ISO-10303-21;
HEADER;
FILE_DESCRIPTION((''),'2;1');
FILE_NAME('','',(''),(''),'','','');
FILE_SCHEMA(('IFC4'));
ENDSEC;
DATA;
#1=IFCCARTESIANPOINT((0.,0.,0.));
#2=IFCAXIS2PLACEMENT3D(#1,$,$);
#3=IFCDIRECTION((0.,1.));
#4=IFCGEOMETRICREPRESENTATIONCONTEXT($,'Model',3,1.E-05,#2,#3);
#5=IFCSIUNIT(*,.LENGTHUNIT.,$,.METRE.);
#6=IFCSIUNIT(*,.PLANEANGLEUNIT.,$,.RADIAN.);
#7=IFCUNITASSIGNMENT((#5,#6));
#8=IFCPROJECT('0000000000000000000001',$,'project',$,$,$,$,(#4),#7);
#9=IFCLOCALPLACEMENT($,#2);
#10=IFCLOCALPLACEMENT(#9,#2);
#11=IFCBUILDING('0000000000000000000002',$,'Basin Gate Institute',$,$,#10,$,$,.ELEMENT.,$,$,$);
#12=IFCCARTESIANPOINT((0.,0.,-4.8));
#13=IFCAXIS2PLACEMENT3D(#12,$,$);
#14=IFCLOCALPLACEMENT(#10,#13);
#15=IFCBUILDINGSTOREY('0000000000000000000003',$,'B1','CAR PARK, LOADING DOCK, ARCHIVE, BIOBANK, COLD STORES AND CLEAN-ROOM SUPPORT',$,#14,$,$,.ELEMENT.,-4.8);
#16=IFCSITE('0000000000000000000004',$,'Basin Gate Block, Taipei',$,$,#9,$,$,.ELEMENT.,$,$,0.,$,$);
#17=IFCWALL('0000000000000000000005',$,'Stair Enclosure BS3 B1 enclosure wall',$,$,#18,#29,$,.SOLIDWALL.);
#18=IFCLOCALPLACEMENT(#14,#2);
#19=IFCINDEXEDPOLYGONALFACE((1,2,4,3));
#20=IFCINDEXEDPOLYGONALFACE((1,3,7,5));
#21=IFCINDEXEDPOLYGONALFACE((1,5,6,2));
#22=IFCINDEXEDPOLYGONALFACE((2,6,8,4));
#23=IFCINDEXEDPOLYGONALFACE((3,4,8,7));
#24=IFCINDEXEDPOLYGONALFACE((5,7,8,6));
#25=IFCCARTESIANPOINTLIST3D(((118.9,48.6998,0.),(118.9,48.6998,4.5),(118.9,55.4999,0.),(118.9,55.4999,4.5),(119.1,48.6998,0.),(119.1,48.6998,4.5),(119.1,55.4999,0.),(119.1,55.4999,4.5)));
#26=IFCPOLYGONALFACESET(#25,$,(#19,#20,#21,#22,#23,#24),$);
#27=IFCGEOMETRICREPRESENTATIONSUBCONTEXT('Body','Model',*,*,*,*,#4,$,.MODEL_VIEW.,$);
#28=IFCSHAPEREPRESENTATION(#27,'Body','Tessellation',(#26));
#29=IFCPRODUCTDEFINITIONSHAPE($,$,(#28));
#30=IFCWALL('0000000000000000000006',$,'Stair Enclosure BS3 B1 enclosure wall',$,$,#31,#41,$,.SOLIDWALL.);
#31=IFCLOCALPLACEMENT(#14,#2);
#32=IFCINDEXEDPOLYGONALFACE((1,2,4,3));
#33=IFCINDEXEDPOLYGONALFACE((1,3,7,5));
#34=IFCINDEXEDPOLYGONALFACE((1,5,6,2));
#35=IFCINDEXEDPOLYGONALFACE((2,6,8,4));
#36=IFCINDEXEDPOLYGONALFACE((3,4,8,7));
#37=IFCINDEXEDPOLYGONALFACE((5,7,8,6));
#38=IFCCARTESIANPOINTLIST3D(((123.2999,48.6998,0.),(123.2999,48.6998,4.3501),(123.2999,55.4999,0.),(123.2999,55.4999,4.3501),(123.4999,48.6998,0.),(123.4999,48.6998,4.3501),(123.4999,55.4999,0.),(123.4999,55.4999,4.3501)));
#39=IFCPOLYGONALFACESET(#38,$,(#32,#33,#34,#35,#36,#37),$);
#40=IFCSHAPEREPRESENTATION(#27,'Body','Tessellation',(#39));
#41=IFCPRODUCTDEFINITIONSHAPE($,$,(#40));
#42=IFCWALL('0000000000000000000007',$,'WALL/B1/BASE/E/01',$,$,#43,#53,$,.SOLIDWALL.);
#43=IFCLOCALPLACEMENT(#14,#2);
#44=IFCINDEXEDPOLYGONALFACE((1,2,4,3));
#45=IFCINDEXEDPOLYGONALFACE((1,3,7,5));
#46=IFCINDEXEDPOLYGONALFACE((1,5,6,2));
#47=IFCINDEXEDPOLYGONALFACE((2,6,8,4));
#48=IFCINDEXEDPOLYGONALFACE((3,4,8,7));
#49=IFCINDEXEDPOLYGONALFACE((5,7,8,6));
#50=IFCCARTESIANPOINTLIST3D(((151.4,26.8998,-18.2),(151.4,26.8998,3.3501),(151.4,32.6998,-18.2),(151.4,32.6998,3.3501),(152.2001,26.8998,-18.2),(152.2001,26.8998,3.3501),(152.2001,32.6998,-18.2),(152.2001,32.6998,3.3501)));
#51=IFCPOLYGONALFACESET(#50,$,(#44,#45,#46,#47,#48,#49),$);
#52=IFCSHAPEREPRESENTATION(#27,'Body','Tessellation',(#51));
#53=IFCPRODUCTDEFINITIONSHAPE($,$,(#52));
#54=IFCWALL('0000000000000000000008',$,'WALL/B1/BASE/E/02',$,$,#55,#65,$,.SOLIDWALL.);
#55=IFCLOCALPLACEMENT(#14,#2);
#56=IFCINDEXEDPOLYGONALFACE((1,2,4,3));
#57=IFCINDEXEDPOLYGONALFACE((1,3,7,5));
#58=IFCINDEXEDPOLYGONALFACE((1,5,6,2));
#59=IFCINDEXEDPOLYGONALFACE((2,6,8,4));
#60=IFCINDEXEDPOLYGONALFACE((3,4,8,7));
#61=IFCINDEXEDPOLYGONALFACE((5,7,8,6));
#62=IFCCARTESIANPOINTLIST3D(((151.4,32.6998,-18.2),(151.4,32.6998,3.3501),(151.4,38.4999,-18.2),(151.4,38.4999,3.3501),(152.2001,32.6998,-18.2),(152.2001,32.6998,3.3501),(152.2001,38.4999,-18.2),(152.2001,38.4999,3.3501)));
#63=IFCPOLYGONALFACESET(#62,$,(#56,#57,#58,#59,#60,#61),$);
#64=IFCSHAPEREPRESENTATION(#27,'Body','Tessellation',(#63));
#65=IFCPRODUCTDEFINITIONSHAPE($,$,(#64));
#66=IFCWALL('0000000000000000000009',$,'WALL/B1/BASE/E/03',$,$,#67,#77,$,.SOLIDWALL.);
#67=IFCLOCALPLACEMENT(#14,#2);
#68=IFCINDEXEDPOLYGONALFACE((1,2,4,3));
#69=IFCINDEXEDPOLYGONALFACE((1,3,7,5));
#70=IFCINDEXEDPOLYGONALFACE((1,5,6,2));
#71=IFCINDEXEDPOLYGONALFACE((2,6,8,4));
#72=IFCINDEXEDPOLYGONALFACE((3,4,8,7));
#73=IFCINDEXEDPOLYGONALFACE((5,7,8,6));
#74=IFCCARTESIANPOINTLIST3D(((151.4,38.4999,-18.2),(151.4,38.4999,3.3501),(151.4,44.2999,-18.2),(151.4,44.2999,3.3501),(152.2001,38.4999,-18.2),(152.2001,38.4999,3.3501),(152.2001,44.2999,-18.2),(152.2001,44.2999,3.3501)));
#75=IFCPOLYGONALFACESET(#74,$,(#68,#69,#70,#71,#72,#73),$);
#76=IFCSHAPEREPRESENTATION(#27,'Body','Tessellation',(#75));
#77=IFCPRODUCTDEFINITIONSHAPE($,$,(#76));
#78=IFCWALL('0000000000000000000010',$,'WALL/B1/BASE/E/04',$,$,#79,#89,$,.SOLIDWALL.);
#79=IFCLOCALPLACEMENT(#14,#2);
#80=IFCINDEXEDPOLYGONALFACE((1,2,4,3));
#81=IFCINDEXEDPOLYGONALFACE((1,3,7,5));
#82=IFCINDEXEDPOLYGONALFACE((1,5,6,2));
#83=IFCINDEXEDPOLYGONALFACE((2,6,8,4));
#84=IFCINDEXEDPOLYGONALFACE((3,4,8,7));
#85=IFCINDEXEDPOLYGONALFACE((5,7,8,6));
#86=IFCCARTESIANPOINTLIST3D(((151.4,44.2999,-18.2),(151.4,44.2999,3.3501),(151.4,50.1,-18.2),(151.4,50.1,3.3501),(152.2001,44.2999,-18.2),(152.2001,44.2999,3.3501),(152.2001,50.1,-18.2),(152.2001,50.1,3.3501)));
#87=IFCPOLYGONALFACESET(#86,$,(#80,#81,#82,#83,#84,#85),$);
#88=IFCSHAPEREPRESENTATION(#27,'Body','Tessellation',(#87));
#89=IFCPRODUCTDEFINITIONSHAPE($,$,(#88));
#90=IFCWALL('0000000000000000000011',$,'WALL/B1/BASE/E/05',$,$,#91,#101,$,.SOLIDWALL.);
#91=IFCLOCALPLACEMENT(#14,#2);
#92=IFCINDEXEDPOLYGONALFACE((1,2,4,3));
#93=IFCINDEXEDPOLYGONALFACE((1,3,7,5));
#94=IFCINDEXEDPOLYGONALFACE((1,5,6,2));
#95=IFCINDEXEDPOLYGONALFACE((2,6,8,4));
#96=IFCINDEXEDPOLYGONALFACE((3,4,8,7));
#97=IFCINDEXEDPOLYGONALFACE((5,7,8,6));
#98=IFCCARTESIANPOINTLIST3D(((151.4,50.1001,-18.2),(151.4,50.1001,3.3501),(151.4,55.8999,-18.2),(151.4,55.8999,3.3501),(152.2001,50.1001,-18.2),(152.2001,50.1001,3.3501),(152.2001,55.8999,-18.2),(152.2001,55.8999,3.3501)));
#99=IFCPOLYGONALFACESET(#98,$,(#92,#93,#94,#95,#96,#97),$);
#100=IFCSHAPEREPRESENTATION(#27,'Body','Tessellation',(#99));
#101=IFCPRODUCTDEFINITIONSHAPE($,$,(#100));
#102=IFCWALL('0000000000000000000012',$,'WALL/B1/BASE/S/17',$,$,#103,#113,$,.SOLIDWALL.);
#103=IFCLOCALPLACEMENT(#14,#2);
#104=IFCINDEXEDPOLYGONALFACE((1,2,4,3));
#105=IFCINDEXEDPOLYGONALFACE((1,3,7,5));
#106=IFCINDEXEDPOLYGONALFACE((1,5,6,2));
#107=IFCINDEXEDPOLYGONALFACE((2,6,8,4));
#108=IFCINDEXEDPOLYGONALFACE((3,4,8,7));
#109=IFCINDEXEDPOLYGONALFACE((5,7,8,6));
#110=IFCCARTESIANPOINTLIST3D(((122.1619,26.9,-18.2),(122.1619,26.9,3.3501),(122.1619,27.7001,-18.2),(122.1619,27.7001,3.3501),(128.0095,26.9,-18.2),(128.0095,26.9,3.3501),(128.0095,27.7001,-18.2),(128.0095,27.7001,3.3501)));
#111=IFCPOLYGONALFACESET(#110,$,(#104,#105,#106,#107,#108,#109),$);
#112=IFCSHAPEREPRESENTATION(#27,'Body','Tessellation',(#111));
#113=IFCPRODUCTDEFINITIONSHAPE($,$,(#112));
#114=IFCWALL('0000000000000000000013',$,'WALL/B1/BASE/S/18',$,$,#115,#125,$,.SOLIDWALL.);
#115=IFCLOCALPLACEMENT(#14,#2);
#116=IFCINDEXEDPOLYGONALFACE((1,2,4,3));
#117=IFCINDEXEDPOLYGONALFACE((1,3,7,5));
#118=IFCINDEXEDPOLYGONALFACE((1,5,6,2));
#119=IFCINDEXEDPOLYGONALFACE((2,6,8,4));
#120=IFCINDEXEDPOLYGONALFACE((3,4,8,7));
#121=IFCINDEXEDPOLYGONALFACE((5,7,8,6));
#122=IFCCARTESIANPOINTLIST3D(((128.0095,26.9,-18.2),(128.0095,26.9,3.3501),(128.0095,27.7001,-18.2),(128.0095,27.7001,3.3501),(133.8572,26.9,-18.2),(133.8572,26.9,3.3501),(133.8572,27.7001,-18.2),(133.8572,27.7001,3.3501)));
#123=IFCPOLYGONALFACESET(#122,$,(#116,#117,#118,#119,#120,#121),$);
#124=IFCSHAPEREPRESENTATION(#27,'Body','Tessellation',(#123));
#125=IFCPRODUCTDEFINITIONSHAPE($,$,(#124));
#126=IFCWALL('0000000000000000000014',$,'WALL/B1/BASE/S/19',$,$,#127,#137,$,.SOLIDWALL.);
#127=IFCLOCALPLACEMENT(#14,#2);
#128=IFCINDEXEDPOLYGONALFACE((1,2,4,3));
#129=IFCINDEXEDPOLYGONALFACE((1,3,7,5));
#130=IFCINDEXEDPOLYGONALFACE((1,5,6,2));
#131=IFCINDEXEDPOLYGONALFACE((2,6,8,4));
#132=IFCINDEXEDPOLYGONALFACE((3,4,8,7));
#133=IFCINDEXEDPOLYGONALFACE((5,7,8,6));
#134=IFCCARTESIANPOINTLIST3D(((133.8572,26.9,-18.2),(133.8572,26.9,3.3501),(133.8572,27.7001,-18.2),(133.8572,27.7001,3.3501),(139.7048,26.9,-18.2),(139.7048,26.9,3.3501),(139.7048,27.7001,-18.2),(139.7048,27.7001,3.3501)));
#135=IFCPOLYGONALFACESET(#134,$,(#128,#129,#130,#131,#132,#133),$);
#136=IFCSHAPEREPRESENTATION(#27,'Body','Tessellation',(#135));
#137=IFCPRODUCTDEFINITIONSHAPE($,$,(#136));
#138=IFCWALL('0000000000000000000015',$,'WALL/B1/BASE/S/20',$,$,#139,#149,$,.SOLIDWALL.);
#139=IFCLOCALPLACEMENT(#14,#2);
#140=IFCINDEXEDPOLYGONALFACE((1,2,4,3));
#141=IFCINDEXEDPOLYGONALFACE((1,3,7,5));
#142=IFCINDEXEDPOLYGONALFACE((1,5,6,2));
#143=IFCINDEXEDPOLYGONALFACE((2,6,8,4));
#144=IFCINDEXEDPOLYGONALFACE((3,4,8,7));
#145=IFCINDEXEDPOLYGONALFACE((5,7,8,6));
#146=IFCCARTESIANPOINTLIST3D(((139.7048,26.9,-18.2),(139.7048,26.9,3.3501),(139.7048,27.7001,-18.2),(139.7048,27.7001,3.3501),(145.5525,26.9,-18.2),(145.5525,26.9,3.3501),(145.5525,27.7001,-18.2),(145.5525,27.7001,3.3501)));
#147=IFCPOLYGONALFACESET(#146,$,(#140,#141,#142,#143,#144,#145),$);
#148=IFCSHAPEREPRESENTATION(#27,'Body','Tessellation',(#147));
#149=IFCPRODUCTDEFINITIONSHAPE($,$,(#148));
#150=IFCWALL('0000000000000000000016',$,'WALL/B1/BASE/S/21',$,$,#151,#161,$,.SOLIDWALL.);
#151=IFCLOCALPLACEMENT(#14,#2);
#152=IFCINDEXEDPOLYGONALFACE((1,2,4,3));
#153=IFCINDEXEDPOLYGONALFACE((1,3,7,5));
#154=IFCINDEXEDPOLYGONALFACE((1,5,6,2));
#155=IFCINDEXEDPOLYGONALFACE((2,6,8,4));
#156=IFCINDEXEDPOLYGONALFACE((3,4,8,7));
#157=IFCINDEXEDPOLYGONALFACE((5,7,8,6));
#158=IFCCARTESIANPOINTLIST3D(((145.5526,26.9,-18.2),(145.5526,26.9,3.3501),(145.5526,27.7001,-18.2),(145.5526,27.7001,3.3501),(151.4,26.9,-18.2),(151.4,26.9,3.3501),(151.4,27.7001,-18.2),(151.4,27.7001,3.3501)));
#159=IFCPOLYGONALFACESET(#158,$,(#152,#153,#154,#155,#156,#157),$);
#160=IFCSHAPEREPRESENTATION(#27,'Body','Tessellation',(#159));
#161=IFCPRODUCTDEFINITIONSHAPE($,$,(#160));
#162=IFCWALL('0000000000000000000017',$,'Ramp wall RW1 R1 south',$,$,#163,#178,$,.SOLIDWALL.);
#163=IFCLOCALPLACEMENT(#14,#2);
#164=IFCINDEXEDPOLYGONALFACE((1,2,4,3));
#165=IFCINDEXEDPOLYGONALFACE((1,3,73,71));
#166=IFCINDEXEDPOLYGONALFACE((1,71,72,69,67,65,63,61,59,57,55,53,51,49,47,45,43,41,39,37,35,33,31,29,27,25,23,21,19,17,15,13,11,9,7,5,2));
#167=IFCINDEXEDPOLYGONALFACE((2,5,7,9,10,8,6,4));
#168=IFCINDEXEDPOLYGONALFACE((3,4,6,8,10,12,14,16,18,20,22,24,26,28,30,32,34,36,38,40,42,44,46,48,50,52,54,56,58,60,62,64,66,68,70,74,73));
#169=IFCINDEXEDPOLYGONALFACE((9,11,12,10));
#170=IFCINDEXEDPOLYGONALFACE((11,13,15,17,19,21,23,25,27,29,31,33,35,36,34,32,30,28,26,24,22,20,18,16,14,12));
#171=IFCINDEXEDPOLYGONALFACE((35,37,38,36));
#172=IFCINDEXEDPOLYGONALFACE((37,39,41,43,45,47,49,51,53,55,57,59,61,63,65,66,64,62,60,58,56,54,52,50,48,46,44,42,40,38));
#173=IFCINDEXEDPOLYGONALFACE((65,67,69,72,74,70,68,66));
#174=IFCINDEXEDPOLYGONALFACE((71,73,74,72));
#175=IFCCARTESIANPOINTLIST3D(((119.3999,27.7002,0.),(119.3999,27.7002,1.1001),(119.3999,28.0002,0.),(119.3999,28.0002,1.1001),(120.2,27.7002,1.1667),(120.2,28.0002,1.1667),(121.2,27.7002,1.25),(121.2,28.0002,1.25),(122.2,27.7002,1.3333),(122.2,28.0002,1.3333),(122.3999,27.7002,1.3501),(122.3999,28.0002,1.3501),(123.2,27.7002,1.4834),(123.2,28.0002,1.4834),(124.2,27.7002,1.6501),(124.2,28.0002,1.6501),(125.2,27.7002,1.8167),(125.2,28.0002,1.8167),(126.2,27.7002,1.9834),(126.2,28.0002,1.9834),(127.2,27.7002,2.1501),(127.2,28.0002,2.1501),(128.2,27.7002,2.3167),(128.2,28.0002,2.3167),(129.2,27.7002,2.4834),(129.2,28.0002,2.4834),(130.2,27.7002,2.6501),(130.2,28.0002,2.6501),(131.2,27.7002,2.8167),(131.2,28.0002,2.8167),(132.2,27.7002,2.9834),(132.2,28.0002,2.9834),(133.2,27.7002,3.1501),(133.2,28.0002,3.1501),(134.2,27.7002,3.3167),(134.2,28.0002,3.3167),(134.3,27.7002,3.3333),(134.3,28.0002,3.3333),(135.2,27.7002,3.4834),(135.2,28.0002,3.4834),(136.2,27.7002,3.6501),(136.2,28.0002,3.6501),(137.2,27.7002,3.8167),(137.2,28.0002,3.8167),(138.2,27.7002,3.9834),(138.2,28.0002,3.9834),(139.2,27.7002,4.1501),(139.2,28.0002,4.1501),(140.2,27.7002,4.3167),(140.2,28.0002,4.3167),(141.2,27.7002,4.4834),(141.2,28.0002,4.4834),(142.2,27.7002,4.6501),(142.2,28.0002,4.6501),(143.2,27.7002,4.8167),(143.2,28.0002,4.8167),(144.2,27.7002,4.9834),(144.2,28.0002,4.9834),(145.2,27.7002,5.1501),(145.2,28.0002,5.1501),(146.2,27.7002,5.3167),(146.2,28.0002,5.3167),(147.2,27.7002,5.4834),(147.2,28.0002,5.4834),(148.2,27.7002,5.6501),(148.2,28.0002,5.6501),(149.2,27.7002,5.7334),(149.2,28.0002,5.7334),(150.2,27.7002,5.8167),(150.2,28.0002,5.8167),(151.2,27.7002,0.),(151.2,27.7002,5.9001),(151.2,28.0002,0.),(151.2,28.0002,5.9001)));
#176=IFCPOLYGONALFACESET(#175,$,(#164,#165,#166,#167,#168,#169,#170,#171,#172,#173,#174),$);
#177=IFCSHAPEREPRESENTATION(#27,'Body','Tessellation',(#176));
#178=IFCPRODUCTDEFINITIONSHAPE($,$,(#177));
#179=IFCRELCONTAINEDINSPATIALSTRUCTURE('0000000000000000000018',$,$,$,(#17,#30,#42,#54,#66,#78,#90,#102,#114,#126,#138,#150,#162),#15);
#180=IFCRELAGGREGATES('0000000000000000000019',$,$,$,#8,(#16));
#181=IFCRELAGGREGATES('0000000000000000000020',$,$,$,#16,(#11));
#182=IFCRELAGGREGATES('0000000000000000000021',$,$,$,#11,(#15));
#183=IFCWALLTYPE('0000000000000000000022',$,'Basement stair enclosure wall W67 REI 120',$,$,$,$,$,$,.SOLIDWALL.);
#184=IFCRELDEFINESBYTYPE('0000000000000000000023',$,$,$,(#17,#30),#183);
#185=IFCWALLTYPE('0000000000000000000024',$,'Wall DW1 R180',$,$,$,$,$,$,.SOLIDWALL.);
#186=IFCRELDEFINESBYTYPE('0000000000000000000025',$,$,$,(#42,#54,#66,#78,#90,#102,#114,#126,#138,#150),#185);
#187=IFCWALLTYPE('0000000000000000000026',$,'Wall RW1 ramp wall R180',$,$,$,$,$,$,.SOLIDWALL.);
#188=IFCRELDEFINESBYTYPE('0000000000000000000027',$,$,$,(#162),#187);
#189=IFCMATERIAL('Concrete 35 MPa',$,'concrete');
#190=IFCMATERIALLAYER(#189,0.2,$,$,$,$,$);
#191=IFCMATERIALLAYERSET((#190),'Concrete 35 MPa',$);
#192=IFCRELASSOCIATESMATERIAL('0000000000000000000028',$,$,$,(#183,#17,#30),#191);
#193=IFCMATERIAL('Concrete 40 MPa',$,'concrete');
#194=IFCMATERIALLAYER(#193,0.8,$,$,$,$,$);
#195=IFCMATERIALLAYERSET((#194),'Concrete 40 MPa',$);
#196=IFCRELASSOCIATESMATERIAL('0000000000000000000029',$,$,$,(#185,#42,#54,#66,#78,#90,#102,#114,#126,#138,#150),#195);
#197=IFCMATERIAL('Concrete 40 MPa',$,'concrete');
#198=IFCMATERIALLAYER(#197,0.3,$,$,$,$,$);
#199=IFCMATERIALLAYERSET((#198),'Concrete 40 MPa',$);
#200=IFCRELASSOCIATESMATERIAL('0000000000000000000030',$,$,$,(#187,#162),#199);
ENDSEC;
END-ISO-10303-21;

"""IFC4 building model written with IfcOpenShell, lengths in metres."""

from ifc_helpers import new_model, si_unit, direction, frame, frame_2d, origin, place, context, subcontext, project, spatial, polyline, rectangle, outline, extrude, material, layer, layer_set, type_object, element, save


model = new_model("IFC4")

# Units and contexts
model_context = context("Model", 3, precision=1e-05, world=origin(), true_north=direction((0.0, 1.0)))
body_context = subcontext(model_context, "Body", "Model", "MODEL_VIEW")
ifc_project = project(units=[si_unit("LENGTHUNIT", "METRE"), si_unit("PLANEANGLEUNIT", "RADIAN")], contexts=[model_context])

# Site, building, storey
site_placement = place(None, origin())
site = spatial("IfcSite", under=ifc_project, at=site_placement, Name="Basin Gate Block, Taipei", CompositionType="ELEMENT", RefElevation=0.0)
building_placement = place(site_placement, origin())
building = spatial("IfcBuilding", under=site, at=building_placement, Name="Basin Gate Institute", CompositionType="ELEMENT")
storey_placement = place(building_placement, frame((0.0, 0.0, -4.8)))
storey = spatial("IfcBuildingStorey", under=building, at=storey_placement, Name="B1", Description="CAR PARK, LOADING DOCK, ARCHIVE, BIOBANK, COLD STORES AND CLEAN-ROOM SUPPORT", CompositionType="ELEMENT", Elevation=-4.8)

# Shared definitions
ifc_material_1 = material(Name="Concrete 35 MPa", Category="concrete")
ifc_layer_1 = layer(ifc_material_1, 0.2)
ifc_layer_set_1 = layer_set([ifc_layer_1], Name="Concrete 35 MPa")
wall_type_1 = type_object("IfcWallType", Name="Basement stair enclosure wall W67 REI 120", PredefinedType="SOLIDWALL", material=ifc_layer_set_1)

# Walls
wall_1_placement = place(storey_placement, frame((119.0, 48.7, 0.0), z_axis=(0.0, 0.0, 1.0), x_axis=(0.0, 1.0, 0.0)))
element("IfcWall", 1, at=wall_1_placement, inside=storey, type_object=wall_type_1, material=ifc_layer_set_1, Name="Stair Enclosure BS3 B1 enclosure wall", PredefinedType="SOLIDWALL", context=body_context, shape_type="SweptSolid", body=[
    extrude(rectangle(XDim=6.8, YDim=0.2, at=frame_2d((3.3999, 0.0))), origin(), (0.0, 0.0, 1.0), 4.5),
])
wall_2_placement = place(storey_placement, frame((123.3999, 48.7, 0.0), z_axis=(0.0, 0.0, 1.0), x_axis=(0.0, 1.0, 0.0)))
element("IfcWall", 2, at=wall_2_placement, inside=storey, type_object=wall_type_1, material=ifc_layer_set_1, Name="Stair Enclosure BS3 B1 enclosure wall", PredefinedType="SOLIDWALL", context=body_context, shape_type="SweptSolid", body=[
    extrude(rectangle(XDim=6.8, YDim=0.2, at=frame_2d((3.3999, 0.0))), origin(), (0.0, 0.0, 1.0), 4.3501),
])
ifc_material_2 = material(Name="Concrete 40 MPa", Category="concrete")
ifc_layer_2 = layer(ifc_material_2, 0.8)
ifc_layer_set_2 = layer_set([ifc_layer_2], Name="Concrete 40 MPa")
wall_type_2 = type_object("IfcWallType", Name="Wall DW1 R180", PredefinedType="SOLIDWALL", material=ifc_layer_set_2)
for number, where, z_axis, x_axis, name in (
    (3, (151.8, 26.8999, -18.2), (0.0, 0.0, 1.0), (0.0, 1.0, 0.0), "WALL/B1/BASE/E/01"),
    (4, (151.8, 32.7, -18.2), (0.0, 0.0, 1.0), (0.0, 1.0, 0.0), "WALL/B1/BASE/E/02"),
    (5, (151.8, 38.5, -18.2), (0.0, 0.0, 1.0), (0.0, 1.0, 0.0), "WALL/B1/BASE/E/03"),
    (6, (151.8, 44.3, -18.2), (0.0, 0.0, 1.0), (0.0, 1.0, 0.0), "WALL/B1/BASE/E/04"),
):
    element("IfcWall", number, at=place(storey_placement, frame(where, z_axis=z_axis, x_axis=x_axis)), inside=storey, type_object=wall_type_2, material=ifc_layer_set_2, Name=name, PredefinedType="SOLIDWALL", context=body_context, shape_type="SweptSolid", body=[
        extrude(rectangle(XDim=5.8, YDim=0.8, at=frame_2d((2.8999, 0.0))), origin(), (0.0, 0.0, 1.0), 21.55),
    ])
wall_3_placement = place(storey_placement, frame((151.8, 50.1001, -18.2), z_axis=(0.0, 0.0, 1.0), x_axis=(0.0, 1.0, 0.0)))
element("IfcWall", 7, at=wall_3_placement, inside=storey, type_object=wall_type_2, material=ifc_layer_set_2, Name="WALL/B1/BASE/E/05", PredefinedType="SOLIDWALL", context=body_context, shape_type="SweptSolid", body=[
    extrude(rectangle(XDim=5.7998, YDim=0.8, at=frame_2d((2.8999, 0.0))), origin(), (0.0, 0.0, 1.0), 21.55),
])
for number, where, z_axis, x_axis, name in (
    (8, (122.1619, 27.3, -18.2), (0.0, 0.0, 1.0), (1.0, 0.0, 0.0), "WALL/B1/BASE/S/17"),
    (9, (128.0095, 27.3, -18.2), (0.0, 0.0, 1.0), (1.0, 0.0, 0.0), "WALL/B1/BASE/S/18"),
    (10, (133.8572, 27.3, -18.2), (0.0, 0.0, 1.0), (1.0, 0.0, 0.0), "WALL/B1/BASE/S/19"),
    (11, (139.7048, 27.3, -18.2), (0.0, 0.0, 1.0), (1.0, 0.0, 0.0), "WALL/B1/BASE/S/20"),
):
    element("IfcWall", number, at=place(storey_placement, frame(where, z_axis=z_axis, x_axis=x_axis)), inside=storey, type_object=wall_type_2, material=ifc_layer_set_2, Name=name, PredefinedType="SOLIDWALL", context=body_context, shape_type="SweptSolid", body=[
        extrude(rectangle(XDim=5.8477, YDim=0.8, at=frame_2d((2.9238, 0.0))), origin(), (0.0, 0.0, 1.0), 21.55),
    ])
wall_4_placement = place(storey_placement, frame((145.5525, 27.3, -18.2), z_axis=(0.0, 0.0, 1.0), x_axis=(1.0, 0.0, 0.0)))
element("IfcWall", 12, at=wall_4_placement, inside=storey, type_object=wall_type_2, material=ifc_layer_set_2, Name="WALL/B1/BASE/S/21", PredefinedType="SOLIDWALL", context=body_context, shape_type="SweptSolid", body=[
    extrude(rectangle(XDim=5.8474, YDim=0.8, at=frame_2d((2.9238, 0.0))), origin(), (0.0, 0.0, 1.0), 21.55),
])
ifc_material_3 = material(Name="Concrete 40 MPa", Category="concrete")
ifc_layer_3 = layer(ifc_material_3, 0.3)
ifc_layer_set_3 = layer_set([ifc_layer_3], Name="Concrete 40 MPa")
wall_type_3 = type_object("IfcWallType", Name="Wall RW1 ramp wall R180", PredefinedType="SOLIDWALL", material=ifc_layer_set_3)
for number, where, z_axis, x_axis, name in (
    (13, (151.2, 27.8501, 0.0), (0.0, 0.0, 1.0), (-1.0, 0.0, 0.0), "Ramp wall RW1 R1 south"),
):
    element("IfcWall", number, at=place(storey_placement, frame(where, z_axis=z_axis, x_axis=x_axis)), inside=storey, type_object=wall_type_3, material=ifc_layer_set_3, Name=name, PredefinedType="SOLIDWALL", context=body_context, shape_type="SweptSolid", body=[
        extrude(outline(polyline([(0.0, 0.0), (31.8, 0.0), (31.8, 1.1001), (31.0, 1.1667), (30.0, 1.25), (29.0, 1.3333), (28.8, 1.3501), (28.0, 1.4834), (27.0, 1.6501), (26.0, 1.8167), (25.0, 1.9834), (24.0, 2.1501), (23.0, 2.3167), (22.0, 2.4834), (21.0, 2.6501), (20.0, 2.8167), (19.0, 2.9834), (18.0, 3.1501), (17.0, 3.3167), (16.8999, 3.3333), (16.0, 3.4834), (15.0, 3.6501), (14.0, 3.8167), (13.0, 3.9834), (12.0, 4.1501), (11.0, 4.3167), (10.0, 4.4834), (9.0, 4.6501), (8.0, 4.8167), (7.0, 4.9834), (6.0, 5.1501), (5.0, 5.3167), (4.0, 5.4834), (3.0, 5.6501), (2.0, 5.7334), (1.0, 5.8167), (0.0, 5.9001), (0.0, 0.0)])), frame((0.0, 0.1499, 0.0), z_axis=(0.0, -1.0, 0.0), x_axis=(1.0, 0.0, 0.0)), (0.0, 0.0, 1.0), 0.3),
    ])

save(model, "model.ifc")
